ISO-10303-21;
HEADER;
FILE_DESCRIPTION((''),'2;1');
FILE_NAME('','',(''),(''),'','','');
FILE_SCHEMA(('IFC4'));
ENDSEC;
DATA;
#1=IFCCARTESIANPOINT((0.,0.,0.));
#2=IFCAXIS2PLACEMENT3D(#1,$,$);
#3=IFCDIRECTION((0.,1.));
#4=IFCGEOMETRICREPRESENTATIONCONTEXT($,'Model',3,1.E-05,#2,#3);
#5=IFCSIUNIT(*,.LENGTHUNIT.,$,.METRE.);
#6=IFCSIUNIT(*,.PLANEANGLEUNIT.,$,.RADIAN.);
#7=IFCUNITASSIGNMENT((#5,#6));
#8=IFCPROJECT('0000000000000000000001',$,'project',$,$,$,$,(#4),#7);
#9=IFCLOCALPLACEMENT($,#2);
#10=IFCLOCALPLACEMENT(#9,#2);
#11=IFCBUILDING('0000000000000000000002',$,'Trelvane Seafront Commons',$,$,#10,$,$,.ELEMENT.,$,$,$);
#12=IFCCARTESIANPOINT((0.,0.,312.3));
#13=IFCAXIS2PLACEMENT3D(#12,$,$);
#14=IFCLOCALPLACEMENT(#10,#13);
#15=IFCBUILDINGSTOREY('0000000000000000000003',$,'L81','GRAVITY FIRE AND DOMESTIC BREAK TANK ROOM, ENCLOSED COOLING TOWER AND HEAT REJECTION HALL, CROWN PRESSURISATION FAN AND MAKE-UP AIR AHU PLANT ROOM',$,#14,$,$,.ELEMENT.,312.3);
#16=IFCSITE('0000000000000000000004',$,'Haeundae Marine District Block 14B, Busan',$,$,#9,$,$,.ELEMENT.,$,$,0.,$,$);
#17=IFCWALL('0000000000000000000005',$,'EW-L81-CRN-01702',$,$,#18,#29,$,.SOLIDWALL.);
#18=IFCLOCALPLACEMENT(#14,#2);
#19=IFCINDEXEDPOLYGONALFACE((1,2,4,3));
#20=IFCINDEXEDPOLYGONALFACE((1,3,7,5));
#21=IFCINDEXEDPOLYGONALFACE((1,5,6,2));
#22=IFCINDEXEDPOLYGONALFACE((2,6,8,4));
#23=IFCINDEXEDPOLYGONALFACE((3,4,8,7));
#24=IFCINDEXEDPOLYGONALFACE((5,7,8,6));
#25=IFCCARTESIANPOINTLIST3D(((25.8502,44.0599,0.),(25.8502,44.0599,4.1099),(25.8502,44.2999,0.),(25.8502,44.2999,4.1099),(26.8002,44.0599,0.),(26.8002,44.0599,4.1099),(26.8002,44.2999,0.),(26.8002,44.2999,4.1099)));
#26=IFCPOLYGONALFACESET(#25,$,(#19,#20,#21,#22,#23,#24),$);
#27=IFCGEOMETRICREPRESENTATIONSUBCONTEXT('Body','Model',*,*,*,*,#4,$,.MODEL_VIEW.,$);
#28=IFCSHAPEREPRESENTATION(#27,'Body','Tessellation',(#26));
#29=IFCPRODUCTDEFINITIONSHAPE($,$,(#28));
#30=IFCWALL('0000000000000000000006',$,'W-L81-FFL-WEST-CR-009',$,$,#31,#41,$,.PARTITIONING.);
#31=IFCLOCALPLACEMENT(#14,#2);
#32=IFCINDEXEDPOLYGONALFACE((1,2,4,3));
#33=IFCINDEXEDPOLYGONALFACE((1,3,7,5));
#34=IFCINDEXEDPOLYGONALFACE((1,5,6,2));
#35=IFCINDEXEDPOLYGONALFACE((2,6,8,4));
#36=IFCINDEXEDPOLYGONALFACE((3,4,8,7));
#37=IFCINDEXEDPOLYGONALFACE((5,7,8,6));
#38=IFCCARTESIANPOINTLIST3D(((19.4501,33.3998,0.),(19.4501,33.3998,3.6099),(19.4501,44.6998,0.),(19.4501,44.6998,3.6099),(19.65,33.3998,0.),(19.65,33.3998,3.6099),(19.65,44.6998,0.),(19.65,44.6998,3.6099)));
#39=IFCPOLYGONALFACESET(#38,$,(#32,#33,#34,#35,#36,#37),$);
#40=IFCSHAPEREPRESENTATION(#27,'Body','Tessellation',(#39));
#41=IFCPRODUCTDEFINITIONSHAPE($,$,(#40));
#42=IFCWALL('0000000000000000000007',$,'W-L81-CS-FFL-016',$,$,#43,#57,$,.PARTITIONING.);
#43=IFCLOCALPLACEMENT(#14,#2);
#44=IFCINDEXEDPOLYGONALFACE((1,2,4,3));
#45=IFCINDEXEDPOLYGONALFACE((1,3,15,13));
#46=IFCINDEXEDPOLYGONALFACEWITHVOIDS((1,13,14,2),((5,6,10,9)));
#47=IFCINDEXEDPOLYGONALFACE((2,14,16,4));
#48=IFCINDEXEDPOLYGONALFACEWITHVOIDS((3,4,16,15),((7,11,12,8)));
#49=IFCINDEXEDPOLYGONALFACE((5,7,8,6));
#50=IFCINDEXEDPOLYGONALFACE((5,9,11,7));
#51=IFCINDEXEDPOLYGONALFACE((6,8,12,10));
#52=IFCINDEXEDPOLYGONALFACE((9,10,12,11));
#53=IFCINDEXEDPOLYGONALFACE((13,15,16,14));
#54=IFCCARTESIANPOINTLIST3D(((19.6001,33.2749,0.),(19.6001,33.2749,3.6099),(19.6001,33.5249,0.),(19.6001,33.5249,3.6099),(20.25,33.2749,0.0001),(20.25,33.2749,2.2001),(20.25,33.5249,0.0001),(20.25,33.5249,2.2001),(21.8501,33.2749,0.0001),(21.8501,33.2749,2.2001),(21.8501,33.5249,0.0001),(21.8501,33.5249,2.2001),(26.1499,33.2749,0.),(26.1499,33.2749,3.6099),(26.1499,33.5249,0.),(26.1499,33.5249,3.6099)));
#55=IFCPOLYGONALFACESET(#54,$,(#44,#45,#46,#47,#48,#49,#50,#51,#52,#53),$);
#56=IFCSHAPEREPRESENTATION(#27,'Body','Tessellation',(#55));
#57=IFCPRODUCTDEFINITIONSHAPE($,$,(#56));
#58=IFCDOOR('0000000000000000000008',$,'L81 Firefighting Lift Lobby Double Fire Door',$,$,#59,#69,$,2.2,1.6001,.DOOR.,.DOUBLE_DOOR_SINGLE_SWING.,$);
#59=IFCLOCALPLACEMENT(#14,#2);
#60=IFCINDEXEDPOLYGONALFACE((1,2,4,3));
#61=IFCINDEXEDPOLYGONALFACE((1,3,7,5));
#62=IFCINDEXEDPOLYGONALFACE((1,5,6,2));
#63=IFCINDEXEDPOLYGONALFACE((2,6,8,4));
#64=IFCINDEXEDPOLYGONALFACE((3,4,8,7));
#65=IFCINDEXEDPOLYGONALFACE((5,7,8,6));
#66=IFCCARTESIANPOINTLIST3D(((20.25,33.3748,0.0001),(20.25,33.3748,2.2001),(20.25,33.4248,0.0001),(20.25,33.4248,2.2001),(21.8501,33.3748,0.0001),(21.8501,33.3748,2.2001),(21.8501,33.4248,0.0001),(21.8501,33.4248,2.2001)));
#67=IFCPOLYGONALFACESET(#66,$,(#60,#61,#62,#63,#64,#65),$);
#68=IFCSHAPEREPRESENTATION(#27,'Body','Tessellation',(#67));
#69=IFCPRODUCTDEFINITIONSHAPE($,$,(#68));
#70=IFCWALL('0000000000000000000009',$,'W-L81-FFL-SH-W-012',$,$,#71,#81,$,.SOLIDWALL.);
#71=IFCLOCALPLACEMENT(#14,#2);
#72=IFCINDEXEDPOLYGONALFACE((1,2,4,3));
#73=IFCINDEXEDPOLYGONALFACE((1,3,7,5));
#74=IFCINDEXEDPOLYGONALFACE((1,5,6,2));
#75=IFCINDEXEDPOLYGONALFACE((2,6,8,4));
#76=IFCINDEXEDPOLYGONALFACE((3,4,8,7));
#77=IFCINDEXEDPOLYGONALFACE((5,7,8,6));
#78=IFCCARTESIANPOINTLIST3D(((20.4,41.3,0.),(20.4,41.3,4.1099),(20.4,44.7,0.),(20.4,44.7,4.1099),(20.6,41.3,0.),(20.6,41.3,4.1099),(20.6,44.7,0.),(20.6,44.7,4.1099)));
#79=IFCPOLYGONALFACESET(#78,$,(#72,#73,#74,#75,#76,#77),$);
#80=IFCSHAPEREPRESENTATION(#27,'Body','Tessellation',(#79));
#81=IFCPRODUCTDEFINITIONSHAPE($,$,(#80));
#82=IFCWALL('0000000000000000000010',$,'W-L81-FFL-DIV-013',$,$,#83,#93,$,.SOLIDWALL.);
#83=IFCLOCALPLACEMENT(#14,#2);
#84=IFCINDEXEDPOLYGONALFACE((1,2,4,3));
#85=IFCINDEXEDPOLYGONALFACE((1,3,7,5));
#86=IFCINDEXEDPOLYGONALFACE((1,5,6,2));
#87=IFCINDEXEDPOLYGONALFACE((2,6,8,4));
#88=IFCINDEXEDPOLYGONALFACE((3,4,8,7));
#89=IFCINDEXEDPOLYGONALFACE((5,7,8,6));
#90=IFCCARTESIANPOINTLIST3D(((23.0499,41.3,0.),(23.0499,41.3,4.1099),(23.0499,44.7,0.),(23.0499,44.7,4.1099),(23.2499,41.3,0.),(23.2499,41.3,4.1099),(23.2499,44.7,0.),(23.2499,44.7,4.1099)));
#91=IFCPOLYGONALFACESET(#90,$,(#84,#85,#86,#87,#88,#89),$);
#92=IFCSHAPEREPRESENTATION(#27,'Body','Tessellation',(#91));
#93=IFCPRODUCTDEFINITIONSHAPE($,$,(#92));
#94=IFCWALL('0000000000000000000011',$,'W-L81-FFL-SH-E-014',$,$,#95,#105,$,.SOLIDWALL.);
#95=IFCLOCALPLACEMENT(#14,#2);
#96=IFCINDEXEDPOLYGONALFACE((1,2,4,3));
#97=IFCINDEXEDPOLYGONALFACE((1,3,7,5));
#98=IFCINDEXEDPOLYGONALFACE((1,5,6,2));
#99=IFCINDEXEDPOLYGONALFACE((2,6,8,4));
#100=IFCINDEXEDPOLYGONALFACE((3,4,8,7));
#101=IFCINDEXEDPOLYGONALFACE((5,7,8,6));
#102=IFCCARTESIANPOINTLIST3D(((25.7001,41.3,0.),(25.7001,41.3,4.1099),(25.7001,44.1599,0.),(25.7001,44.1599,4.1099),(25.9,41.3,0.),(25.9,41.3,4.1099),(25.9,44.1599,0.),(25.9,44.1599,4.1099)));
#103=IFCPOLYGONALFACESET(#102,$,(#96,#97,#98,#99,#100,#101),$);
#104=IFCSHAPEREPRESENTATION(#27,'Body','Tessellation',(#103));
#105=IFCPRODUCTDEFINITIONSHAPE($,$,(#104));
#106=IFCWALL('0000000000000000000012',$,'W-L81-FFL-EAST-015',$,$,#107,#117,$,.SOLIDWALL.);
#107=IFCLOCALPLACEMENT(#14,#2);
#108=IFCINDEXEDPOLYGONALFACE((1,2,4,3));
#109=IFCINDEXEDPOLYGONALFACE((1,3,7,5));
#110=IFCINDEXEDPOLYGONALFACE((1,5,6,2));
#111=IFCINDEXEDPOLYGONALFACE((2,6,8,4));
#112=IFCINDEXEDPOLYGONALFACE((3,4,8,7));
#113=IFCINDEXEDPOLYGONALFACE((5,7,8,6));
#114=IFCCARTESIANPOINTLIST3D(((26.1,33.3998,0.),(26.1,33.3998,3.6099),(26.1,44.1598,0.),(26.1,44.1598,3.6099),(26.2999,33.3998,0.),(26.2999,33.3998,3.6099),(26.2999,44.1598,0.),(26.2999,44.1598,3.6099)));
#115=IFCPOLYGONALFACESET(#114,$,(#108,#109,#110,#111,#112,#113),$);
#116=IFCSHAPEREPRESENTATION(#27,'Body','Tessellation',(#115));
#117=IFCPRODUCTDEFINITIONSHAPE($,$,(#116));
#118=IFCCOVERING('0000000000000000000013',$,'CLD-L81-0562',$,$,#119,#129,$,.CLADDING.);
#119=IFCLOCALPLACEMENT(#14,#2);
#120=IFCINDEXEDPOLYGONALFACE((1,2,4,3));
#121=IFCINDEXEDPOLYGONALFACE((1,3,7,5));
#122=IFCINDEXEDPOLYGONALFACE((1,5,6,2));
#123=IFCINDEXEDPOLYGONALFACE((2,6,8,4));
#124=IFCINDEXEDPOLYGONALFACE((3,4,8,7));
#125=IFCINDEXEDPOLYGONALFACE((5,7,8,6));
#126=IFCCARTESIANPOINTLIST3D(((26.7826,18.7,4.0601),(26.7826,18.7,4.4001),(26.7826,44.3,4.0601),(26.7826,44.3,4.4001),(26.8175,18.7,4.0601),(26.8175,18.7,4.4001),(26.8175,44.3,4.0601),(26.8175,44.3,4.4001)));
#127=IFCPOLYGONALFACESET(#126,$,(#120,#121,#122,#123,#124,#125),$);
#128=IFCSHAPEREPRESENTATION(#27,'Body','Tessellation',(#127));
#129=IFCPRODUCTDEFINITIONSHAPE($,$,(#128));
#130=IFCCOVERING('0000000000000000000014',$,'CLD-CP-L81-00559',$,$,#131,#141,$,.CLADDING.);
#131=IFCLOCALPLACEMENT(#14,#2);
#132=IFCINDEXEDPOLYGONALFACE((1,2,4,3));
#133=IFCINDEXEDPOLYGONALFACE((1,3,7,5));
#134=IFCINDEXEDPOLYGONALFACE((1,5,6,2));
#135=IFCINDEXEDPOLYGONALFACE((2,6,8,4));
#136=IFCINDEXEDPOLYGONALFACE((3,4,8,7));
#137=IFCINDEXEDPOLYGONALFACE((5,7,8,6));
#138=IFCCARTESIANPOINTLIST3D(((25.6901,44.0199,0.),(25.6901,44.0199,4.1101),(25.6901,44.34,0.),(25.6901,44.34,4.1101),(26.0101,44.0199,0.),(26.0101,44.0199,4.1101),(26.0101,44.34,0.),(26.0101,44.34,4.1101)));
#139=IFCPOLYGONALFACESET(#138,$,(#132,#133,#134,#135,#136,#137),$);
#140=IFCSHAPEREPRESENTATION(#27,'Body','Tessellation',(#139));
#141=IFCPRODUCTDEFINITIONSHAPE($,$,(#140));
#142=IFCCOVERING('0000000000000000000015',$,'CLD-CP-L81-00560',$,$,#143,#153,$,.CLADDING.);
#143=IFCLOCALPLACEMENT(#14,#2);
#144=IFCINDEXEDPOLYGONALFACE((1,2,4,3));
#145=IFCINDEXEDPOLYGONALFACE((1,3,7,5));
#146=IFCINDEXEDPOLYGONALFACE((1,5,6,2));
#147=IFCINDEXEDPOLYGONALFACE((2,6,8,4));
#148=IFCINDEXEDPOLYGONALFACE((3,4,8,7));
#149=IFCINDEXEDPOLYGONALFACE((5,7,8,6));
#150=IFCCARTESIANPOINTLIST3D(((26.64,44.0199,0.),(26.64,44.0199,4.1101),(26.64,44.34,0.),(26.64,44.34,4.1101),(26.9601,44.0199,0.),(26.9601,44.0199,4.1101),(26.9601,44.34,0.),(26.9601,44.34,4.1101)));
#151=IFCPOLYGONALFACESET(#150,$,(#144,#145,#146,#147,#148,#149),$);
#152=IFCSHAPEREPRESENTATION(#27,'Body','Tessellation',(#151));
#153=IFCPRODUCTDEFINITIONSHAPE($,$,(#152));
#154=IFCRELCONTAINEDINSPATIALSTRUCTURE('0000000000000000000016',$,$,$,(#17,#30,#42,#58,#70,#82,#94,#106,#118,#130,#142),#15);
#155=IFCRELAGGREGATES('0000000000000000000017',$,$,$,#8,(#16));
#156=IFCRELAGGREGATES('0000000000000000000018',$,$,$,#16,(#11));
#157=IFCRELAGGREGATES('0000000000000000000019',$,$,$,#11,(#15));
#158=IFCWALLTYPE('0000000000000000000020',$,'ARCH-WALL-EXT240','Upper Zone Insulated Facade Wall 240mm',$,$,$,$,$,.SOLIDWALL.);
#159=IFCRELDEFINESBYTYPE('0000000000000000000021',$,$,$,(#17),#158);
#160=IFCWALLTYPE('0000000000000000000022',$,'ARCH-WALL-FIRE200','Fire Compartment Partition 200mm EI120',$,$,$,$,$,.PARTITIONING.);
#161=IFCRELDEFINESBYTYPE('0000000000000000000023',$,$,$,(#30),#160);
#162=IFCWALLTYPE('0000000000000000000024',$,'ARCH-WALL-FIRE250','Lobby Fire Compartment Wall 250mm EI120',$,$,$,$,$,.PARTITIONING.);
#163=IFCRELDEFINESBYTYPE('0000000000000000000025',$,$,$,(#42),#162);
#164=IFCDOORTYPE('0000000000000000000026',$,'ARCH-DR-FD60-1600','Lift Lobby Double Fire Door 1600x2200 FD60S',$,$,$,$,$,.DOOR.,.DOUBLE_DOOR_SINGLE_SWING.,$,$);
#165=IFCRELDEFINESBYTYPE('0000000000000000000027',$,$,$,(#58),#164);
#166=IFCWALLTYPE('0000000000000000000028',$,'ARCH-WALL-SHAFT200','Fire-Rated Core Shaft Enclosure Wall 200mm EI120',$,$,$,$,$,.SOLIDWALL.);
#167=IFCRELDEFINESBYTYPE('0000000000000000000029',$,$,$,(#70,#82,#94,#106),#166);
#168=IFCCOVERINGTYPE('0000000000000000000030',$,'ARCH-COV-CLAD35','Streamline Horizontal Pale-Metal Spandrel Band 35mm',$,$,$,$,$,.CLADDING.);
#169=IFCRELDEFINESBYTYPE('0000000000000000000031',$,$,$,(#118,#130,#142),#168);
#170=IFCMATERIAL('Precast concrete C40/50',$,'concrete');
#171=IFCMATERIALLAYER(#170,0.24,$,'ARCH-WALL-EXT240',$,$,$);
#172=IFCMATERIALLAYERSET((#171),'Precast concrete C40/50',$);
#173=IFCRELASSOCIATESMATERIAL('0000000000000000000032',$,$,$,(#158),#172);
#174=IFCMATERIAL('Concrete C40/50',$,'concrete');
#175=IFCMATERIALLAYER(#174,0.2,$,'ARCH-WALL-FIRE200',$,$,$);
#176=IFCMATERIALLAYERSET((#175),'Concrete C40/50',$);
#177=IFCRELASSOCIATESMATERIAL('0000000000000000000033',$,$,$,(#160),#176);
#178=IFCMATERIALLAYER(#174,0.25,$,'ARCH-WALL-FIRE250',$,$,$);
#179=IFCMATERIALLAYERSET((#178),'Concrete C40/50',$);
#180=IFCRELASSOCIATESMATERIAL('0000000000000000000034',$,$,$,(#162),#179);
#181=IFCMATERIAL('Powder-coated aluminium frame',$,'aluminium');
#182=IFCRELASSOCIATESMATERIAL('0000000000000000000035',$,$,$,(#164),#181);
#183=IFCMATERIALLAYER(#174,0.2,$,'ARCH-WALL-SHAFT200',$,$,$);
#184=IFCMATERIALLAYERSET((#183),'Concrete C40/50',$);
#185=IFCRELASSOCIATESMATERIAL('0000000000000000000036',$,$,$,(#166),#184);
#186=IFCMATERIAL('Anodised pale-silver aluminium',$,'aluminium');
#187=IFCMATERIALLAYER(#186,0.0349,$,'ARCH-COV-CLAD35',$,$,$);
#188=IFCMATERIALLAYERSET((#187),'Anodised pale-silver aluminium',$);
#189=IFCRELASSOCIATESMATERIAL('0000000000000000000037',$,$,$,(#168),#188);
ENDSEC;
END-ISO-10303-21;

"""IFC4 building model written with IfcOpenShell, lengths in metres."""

from ifc_helpers import new_model, si_unit, direction, frame, frame_2d, origin, origin_2d, place, context, subcontext, project, spatial, rectangle, extrude, source, transform, mapped, material, layer, layer_set, type_object, element, fill, save


model = new_model("IFC4")

# Units and contexts
model_context = context("Model", 3, precision=1e-05, world=origin(), true_north=direction((0.0, 1.0)))
body_context = subcontext(model_context, "Body", "Model", "MODEL_VIEW")
ifc_project = project(units=[si_unit("LENGTHUNIT", "METRE"), si_unit("PLANEANGLEUNIT", "RADIAN")], contexts=[model_context])

# Site, building, storey
site_placement = place(None, origin())
site = spatial("IfcSite", under=ifc_project, at=site_placement, Name="Haeundae Marine District Block 14B, Busan", CompositionType="ELEMENT", RefElevation=0.0)
building_placement = place(site_placement, origin())
building = spatial("IfcBuilding", under=site, at=building_placement, Name="Trelvane Seafront Commons", CompositionType="ELEMENT")
storey_placement = place(building_placement, frame((0.0, 0.0, 312.3)))
storey = spatial("IfcBuildingStorey", under=building, at=storey_placement, Name="L81", Description="GRAVITY FIRE AND DOMESTIC BREAK TANK ROOM, ENCLOSED COOLING TOWER AND HEAT REJECTION HALL, CROWN PRESSURISATION FAN AND MAKE-UP AIR AHU PLANT ROOM", CompositionType="ELEMENT", Elevation=312.3)

# Shared definitions
ifc_material_1 = material(Name="Anodised pale-silver aluminium", Category="aluminium")

# Walls
ifc_material_2 = material(Name="Precast concrete C40/50", Category="concrete")
ifc_layer_1 = layer(ifc_material_2, 0.24, Name="ARCH-WALL-EXT240")
ifc_layer_set_1 = layer_set([ifc_layer_1], Name="Precast concrete C40/50")
wall_type_1 = type_object("IfcWallType", Name="ARCH-WALL-EXT240", Description="Upper Zone Insulated Facade Wall 240mm", PredefinedType="SOLIDWALL", material=ifc_layer_set_1)
wall_1_placement = place(storey_placement, frame((25.8501, 44.1799, 0.0), z_axis=(0.0, 0.0, 1.0), x_axis=(1.0, 0.0, 0.0)))
element("IfcWall", 1, at=wall_1_placement, inside=storey, type_object=wall_type_1, Name="EW-L81-CRN-01702", PredefinedType="SOLIDWALL", context=body_context, shape_type="SweptSolid", body=[
    extrude(rectangle(XDim=0.95, YDim=0.24, at=frame_2d((0.4751, 0.0))), origin(), (0.0, 0.0, 1.0), 4.1099),
])
ifc_material_3 = material(Name="Concrete C40/50", Category="concrete")
ifc_layer_2 = layer(ifc_material_3, 0.2, Name="ARCH-WALL-FIRE200")
ifc_layer_set_2 = layer_set([ifc_layer_2], Name="Concrete C40/50")
wall_type_2 = type_object("IfcWallType", Name="ARCH-WALL-FIRE200", Description="Fire Compartment Partition 200mm EI120", PredefinedType="PARTITIONING", material=ifc_layer_set_2)
wall_2_placement = place(storey_placement, frame((19.55, 33.3999, 0.0), z_axis=(0.0, 0.0, 1.0), x_axis=(0.0, 1.0, 0.0)))
element("IfcWall", 2, at=wall_2_placement, inside=storey, type_object=wall_type_2, Name="W-L81-FFL-WEST-CR-009", PredefinedType="PARTITIONING", context=body_context, shape_type="SweptSolid", body=[
    extrude(rectangle(XDim=11.3, YDim=0.2, at=frame_2d((5.6499, 0.0))), origin(), (0.0, 0.0, 1.0), 3.6099),
])

# Wall, opening, door
ifc_layer_3 = layer(ifc_material_3, 0.25, Name="ARCH-WALL-FIRE250")
ifc_layer_set_3 = layer_set([ifc_layer_3], Name="Concrete C40/50")
wall_type_3 = type_object("IfcWallType", Name="ARCH-WALL-FIRE250", Description="Lobby Fire Compartment Wall 250mm EI120", PredefinedType="PARTITIONING", material=ifc_layer_set_3)
wall_3_placement = place(storey_placement, frame((19.6001, 33.3999, 0.0), z_axis=(0.0, 0.0, 1.0), x_axis=(1.0, 0.0, 0.0)))
wall_3 = element("IfcWall", 3, at=wall_3_placement, inside=storey, type_object=wall_type_3, Name="W-L81-CS-FFL-016", PredefinedType="PARTITIONING", context=body_context, shape_type="SweptSolid", body=[
    extrude(rectangle(XDim=6.5498, YDim=0.25, at=frame_2d((3.2749, 0.0))), origin(), (0.0, 0.0, 1.0), 3.6099),
])
opening_1_placement = place(wall_3_placement, frame((0.6499, 0.0, 0.0)))
opening_1 = element("IfcOpeningElement", 4, at=opening_1_placement, cuts=wall_3, PredefinedType="OPENING", context=body_context, shape_type="SweptSolid", body=[
    extrude(rectangle(XDim=1.6001, YDim=2.2, at=frame_2d((0.8, 1.1001))), frame((0.0, 0.135, 0.0), z_axis=(0.0, -1.0, 0.0), x_axis=(1.0, 0.0, 0.0)), (0.0, 0.0, 1.0), 0.27),
])
ifc_material_4 = material(Name="Powder-coated aluminium frame", Category="aluminium")
door_type_1 = type_object("IfcDoorType", Name="ARCH-DR-FD60-1600", Description="Lift Lobby Double Fire Door 1600x2200 FD60S", OperationType="DOUBLE_DOOR_SINGLE_SWING", PredefinedType="DOOR", material=ifc_material_4)
shared_shape_1 = source(origin(), body_context, "Body", "SweptSolid", [
    extrude(rectangle(XDim=1.6001, YDim=2.2, at=frame_2d((0.8, 1.1001))), frame((0.0, 0.0249, 0.0), z_axis=(0.0, -1.0, 0.0), x_axis=(1.0, 0.0, 0.0)), (0.0, 0.0, 1.0), 0.05),
])
door_1_placement = place(opening_1_placement, origin())
door_1 = element("IfcDoor", 5, at=door_1_placement, inside=storey, type_object=door_type_1, Name="L81 Firefighting Lift Lobby Double Fire Door", OperationType="DOUBLE_DOOR_SINGLE_SWING", OverallHeight=2.2, OverallWidth=1.6001, PredefinedType="DOOR", context=body_context, shape_type="MappedRepresentation", body=[
    mapped(shared_shape_1, transform((0.0, 0.0, 0.0), x_axis=(1.0, 0.0, 0.0), y_axis=(0.0, 1.0, 0.0), z_axis=(0.0, 0.0, 1.0), scale=1.0)),
])
fill(opening_1, door_1)

# Shared definitions
ifc_layer_4 = layer(ifc_material_3, 0.2, Name="ARCH-WALL-SHAFT200")
ifc_layer_set_4 = layer_set([ifc_layer_4], Name="Concrete C40/50")
wall_type_4 = type_object("IfcWallType", Name="ARCH-WALL-SHAFT200", Description="Fire-Rated Core Shaft Enclosure Wall 200mm EI120", PredefinedType="SOLIDWALL", material=ifc_layer_set_4)

# Walls
for number, where, z_axis, x_axis, name in (
    (6, (20.5, 41.3, 0.0), (0.0, 0.0, 1.0), (0.0, 1.0, 0.0), "W-L81-FFL-SH-W-012"),
    (7, (23.1499, 41.3, 0.0), (0.0, 0.0, 1.0), (0.0, 1.0, 0.0), "W-L81-FFL-DIV-013"),
):
    element("IfcWall", number, at=place(storey_placement, frame(where, z_axis=z_axis, x_axis=x_axis)), inside=storey, type_object=wall_type_4, Name=name, PredefinedType="SOLIDWALL", context=body_context, shape_type="SweptSolid", body=[
        extrude(rectangle(XDim=3.3999, YDim=0.2, at=frame_2d((1.7, 0.0))), origin(), (0.0, 0.0, 1.0), 4.1099),
    ])
wall_4_placement = place(storey_placement, frame((25.8, 41.3, 0.0), z_axis=(0.0, 0.0, 1.0), x_axis=(0.0, 1.0, 0.0)))
element("IfcWall", 8, at=wall_4_placement, inside=storey, type_object=wall_type_4, Name="W-L81-FFL-SH-E-014", PredefinedType="SOLIDWALL", context=body_context, shape_type="SweptSolid", body=[
    extrude(rectangle(XDim=2.8599, YDim=0.2, at=frame_2d((1.4299, 0.0))), origin(), (0.0, 0.0, 1.0), 4.1099),
])
wall_5_placement = place(storey_placement, frame((26.2, 33.3999, 0.0), z_axis=(0.0, 0.0, 1.0), x_axis=(0.0, 1.0, 0.0)))
element("IfcWall", 9, at=wall_5_placement, inside=storey, type_object=wall_type_4, Name="W-L81-FFL-EAST-015", PredefinedType="SOLIDWALL", context=body_context, shape_type="SweptSolid", body=[
    extrude(rectangle(XDim=10.76, YDim=0.2, at=frame_2d((5.3799, 0.0))), origin(), (0.0, 0.0, 1.0), 3.6099),
])

# Coverings
ifc_layer_5 = layer(ifc_material_1, 0.0349, Name="ARCH-COV-CLAD35")
ifc_layer_set_5 = layer_set([ifc_layer_5], Name="Anodised pale-silver aluminium")
covering_type = type_object("IfcCoveringType", Name="ARCH-COV-CLAD35", Description="Streamline Horizontal Pale-Metal Spandrel Band 35mm", PredefinedType="CLADDING", material=ifc_layer_set_5)
shared_shape_2 = source(origin(), body_context, "Body", "SweptSolid", [
    extrude(rectangle(XDim=25.6001, YDim=0.0349, at=origin_2d()), origin(), (0.0, 0.0, 1.0), 0.3401),
])
covering_placement = place(storey_placement, frame((26.8, 31.5, 4.0601), z_axis=(0.0, 0.0, 1.0), x_axis=(0.0, -1.0, 0.0)))
element("IfcCovering", 10, at=covering_placement, inside=storey, type_object=covering_type, Name="CLD-L81-0562", PredefinedType="CLADDING", context=body_context, shape_type="MappedRepresentation", body=[
    mapped(shared_shape_2, transform((0.0, 0.0, 0.0), x_axis=(1.0, 0.0, 0.0), y_axis=(0.0, 1.0, 0.0), z_axis=(0.0, 0.0, 1.0), scale=1.0)),
])
shared_shape_3 = source(origin(), body_context, "Body", "SweptSolid", [
    extrude(rectangle(XDim=0.3201, YDim=0.3201, at=origin_2d()), origin(), (0.0, 0.0, 1.0), 4.1101),
])
for number, where, z_axis, x_axis, name in (
    (11, (25.8501, 44.1799, 0.0), (0.0, 0.0, 1.0), (1.0, 0.0, 0.0), "CLD-CP-L81-00559"),
    (12, (26.8, 44.1799, 0.0), (0.0, 0.0, 1.0), (1.0, 0.0, 0.0), "CLD-CP-L81-00560"),
):
    element("IfcCovering", number, at=place(storey_placement, frame(where, z_axis=z_axis, x_axis=x_axis)), inside=storey, type_object=covering_type, Name=name, PredefinedType="CLADDING", context=body_context, shape_type="MappedRepresentation", body=[
        mapped(shared_shape_3, transform((0.0, 0.0, 0.0), x_axis=(1.0, 0.0, 0.0), y_axis=(0.0, 1.0, 0.0), z_axis=(0.0, 0.0, 1.0), scale=1.0)),
    ])

save(model, "model.ifc")
